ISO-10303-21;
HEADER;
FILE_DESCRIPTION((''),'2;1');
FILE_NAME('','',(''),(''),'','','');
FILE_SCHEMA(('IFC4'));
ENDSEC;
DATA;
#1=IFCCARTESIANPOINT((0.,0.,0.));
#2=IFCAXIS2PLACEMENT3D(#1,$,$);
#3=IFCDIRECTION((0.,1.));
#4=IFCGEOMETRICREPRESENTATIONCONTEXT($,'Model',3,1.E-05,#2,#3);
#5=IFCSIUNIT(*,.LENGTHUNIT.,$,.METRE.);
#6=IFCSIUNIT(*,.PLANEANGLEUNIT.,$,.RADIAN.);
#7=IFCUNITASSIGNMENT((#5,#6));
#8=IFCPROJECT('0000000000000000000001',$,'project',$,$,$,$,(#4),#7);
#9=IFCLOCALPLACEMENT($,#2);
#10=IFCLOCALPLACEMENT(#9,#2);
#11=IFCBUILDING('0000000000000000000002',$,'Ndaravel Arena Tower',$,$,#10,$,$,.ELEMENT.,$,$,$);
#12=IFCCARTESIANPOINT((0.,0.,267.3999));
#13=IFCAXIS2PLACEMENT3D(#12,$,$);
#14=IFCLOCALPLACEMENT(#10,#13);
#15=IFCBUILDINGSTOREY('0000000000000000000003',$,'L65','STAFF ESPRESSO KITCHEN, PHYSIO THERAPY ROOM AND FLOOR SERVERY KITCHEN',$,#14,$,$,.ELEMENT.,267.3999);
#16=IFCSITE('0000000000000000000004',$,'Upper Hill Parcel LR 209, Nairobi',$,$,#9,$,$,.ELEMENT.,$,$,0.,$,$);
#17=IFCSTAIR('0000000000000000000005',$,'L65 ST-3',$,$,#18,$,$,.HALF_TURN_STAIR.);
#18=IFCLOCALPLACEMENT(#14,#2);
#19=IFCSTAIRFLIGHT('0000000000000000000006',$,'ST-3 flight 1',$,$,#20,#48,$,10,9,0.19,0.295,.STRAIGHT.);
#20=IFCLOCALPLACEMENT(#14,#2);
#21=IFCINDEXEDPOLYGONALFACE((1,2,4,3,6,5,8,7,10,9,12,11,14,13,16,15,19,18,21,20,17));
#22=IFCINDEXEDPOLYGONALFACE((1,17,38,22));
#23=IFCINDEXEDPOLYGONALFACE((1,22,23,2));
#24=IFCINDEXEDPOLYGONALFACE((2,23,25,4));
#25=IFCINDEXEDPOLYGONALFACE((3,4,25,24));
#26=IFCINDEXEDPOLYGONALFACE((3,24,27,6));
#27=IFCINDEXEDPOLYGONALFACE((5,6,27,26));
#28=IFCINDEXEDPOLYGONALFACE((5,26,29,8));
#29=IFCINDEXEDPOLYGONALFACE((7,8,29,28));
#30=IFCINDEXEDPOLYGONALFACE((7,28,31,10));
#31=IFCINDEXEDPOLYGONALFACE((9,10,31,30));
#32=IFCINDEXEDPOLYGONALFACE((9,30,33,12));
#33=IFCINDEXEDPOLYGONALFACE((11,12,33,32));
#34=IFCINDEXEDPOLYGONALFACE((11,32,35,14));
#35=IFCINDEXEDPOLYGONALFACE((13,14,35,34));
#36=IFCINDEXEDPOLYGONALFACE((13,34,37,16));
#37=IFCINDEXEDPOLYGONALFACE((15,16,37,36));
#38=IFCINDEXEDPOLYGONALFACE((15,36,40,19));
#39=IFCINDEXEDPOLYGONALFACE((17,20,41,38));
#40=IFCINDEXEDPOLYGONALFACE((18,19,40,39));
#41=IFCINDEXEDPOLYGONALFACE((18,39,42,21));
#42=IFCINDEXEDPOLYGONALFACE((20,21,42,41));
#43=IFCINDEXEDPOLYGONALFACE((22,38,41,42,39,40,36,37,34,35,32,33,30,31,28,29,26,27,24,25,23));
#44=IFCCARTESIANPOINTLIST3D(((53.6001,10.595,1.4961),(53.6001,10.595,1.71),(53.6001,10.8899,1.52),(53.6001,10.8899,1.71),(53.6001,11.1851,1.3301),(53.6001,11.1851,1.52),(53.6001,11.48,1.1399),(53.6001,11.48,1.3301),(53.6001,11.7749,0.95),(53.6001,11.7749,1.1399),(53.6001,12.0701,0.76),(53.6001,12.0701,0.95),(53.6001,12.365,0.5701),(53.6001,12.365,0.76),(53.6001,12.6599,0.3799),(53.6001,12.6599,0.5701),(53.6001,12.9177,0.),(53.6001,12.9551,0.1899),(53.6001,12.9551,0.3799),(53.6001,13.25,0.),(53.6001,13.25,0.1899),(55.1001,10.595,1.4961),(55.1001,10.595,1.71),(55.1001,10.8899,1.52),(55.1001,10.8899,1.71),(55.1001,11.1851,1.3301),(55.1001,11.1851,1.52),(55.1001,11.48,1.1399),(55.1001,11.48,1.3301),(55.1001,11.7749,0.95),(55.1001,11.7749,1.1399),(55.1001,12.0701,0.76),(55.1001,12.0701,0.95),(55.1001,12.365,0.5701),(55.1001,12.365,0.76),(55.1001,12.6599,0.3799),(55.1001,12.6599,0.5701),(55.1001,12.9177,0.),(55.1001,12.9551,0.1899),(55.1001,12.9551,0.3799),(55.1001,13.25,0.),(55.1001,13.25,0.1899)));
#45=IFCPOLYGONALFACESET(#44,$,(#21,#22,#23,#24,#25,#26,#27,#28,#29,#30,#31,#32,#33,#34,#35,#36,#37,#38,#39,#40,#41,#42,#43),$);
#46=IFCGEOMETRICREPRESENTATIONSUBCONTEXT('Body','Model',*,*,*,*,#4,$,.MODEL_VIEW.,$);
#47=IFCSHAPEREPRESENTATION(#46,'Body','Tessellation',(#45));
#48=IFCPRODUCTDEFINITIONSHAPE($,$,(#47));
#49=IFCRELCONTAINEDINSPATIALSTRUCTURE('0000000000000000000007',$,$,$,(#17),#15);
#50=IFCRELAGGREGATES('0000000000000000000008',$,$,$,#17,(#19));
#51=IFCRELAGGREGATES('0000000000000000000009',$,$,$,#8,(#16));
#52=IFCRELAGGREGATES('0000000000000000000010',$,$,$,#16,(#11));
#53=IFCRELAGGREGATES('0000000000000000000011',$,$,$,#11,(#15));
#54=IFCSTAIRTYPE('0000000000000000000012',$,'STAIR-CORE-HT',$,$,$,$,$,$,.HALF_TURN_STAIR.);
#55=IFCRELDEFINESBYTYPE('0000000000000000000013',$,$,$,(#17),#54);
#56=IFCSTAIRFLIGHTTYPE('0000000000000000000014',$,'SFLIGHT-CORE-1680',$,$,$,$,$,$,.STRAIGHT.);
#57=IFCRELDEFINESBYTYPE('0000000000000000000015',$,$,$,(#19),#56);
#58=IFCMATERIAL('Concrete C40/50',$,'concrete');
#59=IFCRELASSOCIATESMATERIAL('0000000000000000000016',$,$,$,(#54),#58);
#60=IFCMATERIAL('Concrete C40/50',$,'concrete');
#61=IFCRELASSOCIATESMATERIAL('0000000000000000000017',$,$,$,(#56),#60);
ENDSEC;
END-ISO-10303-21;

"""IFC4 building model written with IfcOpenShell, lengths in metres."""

from ifc_helpers import new_model, si_unit, direction, frame, origin, place, context, subcontext, project, spatial, polyline, outline, extrude, material, type_object, element, aggregate, save


model = new_model("IFC4")

# Units and contexts
model_context = context("Model", 3, precision=1e-05, world=origin(), true_north=direction((0.0, 1.0)))
body_context = subcontext(model_context, "Body", "Model", "MODEL_VIEW")
ifc_project = project(units=[si_unit("LENGTHUNIT", "METRE"), si_unit("PLANEANGLEUNIT", "RADIAN")], contexts=[model_context])

# Site, building, storey
site_placement = place(None, origin())
site = spatial("IfcSite", under=ifc_project, at=site_placement, Name="Upper Hill Parcel LR 209, Nairobi", CompositionType="ELEMENT", RefElevation=0.0)
building_placement = place(site_placement, origin())
building = spatial("IfcBuilding", under=site, at=building_placement, Name="Ndaravel Arena Tower", CompositionType="ELEMENT")
storey_placement = place(building_placement, frame((0.0, 0.0, 267.3999)))
storey = spatial("IfcBuildingStorey", under=building, at=storey_placement, Name="L65", Description="STAFF ESPRESSO KITCHEN, PHYSIO THERAPY ROOM AND FLOOR SERVERY KITCHEN", CompositionType="ELEMENT", Elevation=267.3999)

# Stair, stair flight
ifc_material_1 = material(Name="Concrete C40/50", Category="concrete")
stair_type = type_object("IfcStairType", Name="STAIR-CORE-HT", PredefinedType="HALF_TURN_STAIR", material=ifc_material_1)
stair_placement = place(storey_placement, origin())
stair = element("IfcStair", 1, at=stair_placement, inside=storey, type_object=stair_type, Name="L65 ST-3", PredefinedType="HALF_TURN_STAIR")
ifc_material_2 = material(Name="Concrete C40/50", Category="concrete")
stair_flight_type = type_object("IfcStairFlightType", Name="SFLIGHT-CORE-1680", PredefinedType="STRAIGHT", material=ifc_material_2)
stair_flight_placement = place(storey_placement, frame((54.3501, 13.25, 0.0), z_axis=(0.0, 0.0, 1.0), x_axis=(0.0, -1.0, 0.0)))
stair_flight = element("IfcStairFlight", 2, at=stair_flight_placement, type_object=stair_flight_type, Name="ST-3 flight 1", NumberOfRisers=10, NumberOfTreads=9, PredefinedType="STRAIGHT", RiserHeight=0.19, TreadLength=0.295, context=body_context, shape_type="SweptSolid", body=[
    extrude(outline(polyline([(0.0, 0.0), (0.0, 0.1899), (0.2949, 0.1899), (0.2949, 0.3799), (0.5901, 0.3799), (0.5901, 0.5701), (0.885, 0.5701), (0.885, 0.76), (1.1799, 0.76), (1.1799, 0.95), (1.4751, 0.95), (1.4751, 1.1399), (1.77, 1.1399), (1.77, 1.3301), (2.0649, 1.3301), (2.0649, 1.52), (2.3601, 1.52), (2.3601, 1.71), (2.655, 1.71), (2.655, 1.8999), (2.655, 1.4961), (0.3323, 0.0), (0.0, 0.0)])), frame((0.0, 0.75, 0.0), z_axis=(0.0, -1.0, 0.0), x_axis=(1.0, 0.0, 0.0)), (0.0, 0.0, 1.0), 1.5),
])
aggregate(stair, [stair_flight])

save(model, "model.ifc")
